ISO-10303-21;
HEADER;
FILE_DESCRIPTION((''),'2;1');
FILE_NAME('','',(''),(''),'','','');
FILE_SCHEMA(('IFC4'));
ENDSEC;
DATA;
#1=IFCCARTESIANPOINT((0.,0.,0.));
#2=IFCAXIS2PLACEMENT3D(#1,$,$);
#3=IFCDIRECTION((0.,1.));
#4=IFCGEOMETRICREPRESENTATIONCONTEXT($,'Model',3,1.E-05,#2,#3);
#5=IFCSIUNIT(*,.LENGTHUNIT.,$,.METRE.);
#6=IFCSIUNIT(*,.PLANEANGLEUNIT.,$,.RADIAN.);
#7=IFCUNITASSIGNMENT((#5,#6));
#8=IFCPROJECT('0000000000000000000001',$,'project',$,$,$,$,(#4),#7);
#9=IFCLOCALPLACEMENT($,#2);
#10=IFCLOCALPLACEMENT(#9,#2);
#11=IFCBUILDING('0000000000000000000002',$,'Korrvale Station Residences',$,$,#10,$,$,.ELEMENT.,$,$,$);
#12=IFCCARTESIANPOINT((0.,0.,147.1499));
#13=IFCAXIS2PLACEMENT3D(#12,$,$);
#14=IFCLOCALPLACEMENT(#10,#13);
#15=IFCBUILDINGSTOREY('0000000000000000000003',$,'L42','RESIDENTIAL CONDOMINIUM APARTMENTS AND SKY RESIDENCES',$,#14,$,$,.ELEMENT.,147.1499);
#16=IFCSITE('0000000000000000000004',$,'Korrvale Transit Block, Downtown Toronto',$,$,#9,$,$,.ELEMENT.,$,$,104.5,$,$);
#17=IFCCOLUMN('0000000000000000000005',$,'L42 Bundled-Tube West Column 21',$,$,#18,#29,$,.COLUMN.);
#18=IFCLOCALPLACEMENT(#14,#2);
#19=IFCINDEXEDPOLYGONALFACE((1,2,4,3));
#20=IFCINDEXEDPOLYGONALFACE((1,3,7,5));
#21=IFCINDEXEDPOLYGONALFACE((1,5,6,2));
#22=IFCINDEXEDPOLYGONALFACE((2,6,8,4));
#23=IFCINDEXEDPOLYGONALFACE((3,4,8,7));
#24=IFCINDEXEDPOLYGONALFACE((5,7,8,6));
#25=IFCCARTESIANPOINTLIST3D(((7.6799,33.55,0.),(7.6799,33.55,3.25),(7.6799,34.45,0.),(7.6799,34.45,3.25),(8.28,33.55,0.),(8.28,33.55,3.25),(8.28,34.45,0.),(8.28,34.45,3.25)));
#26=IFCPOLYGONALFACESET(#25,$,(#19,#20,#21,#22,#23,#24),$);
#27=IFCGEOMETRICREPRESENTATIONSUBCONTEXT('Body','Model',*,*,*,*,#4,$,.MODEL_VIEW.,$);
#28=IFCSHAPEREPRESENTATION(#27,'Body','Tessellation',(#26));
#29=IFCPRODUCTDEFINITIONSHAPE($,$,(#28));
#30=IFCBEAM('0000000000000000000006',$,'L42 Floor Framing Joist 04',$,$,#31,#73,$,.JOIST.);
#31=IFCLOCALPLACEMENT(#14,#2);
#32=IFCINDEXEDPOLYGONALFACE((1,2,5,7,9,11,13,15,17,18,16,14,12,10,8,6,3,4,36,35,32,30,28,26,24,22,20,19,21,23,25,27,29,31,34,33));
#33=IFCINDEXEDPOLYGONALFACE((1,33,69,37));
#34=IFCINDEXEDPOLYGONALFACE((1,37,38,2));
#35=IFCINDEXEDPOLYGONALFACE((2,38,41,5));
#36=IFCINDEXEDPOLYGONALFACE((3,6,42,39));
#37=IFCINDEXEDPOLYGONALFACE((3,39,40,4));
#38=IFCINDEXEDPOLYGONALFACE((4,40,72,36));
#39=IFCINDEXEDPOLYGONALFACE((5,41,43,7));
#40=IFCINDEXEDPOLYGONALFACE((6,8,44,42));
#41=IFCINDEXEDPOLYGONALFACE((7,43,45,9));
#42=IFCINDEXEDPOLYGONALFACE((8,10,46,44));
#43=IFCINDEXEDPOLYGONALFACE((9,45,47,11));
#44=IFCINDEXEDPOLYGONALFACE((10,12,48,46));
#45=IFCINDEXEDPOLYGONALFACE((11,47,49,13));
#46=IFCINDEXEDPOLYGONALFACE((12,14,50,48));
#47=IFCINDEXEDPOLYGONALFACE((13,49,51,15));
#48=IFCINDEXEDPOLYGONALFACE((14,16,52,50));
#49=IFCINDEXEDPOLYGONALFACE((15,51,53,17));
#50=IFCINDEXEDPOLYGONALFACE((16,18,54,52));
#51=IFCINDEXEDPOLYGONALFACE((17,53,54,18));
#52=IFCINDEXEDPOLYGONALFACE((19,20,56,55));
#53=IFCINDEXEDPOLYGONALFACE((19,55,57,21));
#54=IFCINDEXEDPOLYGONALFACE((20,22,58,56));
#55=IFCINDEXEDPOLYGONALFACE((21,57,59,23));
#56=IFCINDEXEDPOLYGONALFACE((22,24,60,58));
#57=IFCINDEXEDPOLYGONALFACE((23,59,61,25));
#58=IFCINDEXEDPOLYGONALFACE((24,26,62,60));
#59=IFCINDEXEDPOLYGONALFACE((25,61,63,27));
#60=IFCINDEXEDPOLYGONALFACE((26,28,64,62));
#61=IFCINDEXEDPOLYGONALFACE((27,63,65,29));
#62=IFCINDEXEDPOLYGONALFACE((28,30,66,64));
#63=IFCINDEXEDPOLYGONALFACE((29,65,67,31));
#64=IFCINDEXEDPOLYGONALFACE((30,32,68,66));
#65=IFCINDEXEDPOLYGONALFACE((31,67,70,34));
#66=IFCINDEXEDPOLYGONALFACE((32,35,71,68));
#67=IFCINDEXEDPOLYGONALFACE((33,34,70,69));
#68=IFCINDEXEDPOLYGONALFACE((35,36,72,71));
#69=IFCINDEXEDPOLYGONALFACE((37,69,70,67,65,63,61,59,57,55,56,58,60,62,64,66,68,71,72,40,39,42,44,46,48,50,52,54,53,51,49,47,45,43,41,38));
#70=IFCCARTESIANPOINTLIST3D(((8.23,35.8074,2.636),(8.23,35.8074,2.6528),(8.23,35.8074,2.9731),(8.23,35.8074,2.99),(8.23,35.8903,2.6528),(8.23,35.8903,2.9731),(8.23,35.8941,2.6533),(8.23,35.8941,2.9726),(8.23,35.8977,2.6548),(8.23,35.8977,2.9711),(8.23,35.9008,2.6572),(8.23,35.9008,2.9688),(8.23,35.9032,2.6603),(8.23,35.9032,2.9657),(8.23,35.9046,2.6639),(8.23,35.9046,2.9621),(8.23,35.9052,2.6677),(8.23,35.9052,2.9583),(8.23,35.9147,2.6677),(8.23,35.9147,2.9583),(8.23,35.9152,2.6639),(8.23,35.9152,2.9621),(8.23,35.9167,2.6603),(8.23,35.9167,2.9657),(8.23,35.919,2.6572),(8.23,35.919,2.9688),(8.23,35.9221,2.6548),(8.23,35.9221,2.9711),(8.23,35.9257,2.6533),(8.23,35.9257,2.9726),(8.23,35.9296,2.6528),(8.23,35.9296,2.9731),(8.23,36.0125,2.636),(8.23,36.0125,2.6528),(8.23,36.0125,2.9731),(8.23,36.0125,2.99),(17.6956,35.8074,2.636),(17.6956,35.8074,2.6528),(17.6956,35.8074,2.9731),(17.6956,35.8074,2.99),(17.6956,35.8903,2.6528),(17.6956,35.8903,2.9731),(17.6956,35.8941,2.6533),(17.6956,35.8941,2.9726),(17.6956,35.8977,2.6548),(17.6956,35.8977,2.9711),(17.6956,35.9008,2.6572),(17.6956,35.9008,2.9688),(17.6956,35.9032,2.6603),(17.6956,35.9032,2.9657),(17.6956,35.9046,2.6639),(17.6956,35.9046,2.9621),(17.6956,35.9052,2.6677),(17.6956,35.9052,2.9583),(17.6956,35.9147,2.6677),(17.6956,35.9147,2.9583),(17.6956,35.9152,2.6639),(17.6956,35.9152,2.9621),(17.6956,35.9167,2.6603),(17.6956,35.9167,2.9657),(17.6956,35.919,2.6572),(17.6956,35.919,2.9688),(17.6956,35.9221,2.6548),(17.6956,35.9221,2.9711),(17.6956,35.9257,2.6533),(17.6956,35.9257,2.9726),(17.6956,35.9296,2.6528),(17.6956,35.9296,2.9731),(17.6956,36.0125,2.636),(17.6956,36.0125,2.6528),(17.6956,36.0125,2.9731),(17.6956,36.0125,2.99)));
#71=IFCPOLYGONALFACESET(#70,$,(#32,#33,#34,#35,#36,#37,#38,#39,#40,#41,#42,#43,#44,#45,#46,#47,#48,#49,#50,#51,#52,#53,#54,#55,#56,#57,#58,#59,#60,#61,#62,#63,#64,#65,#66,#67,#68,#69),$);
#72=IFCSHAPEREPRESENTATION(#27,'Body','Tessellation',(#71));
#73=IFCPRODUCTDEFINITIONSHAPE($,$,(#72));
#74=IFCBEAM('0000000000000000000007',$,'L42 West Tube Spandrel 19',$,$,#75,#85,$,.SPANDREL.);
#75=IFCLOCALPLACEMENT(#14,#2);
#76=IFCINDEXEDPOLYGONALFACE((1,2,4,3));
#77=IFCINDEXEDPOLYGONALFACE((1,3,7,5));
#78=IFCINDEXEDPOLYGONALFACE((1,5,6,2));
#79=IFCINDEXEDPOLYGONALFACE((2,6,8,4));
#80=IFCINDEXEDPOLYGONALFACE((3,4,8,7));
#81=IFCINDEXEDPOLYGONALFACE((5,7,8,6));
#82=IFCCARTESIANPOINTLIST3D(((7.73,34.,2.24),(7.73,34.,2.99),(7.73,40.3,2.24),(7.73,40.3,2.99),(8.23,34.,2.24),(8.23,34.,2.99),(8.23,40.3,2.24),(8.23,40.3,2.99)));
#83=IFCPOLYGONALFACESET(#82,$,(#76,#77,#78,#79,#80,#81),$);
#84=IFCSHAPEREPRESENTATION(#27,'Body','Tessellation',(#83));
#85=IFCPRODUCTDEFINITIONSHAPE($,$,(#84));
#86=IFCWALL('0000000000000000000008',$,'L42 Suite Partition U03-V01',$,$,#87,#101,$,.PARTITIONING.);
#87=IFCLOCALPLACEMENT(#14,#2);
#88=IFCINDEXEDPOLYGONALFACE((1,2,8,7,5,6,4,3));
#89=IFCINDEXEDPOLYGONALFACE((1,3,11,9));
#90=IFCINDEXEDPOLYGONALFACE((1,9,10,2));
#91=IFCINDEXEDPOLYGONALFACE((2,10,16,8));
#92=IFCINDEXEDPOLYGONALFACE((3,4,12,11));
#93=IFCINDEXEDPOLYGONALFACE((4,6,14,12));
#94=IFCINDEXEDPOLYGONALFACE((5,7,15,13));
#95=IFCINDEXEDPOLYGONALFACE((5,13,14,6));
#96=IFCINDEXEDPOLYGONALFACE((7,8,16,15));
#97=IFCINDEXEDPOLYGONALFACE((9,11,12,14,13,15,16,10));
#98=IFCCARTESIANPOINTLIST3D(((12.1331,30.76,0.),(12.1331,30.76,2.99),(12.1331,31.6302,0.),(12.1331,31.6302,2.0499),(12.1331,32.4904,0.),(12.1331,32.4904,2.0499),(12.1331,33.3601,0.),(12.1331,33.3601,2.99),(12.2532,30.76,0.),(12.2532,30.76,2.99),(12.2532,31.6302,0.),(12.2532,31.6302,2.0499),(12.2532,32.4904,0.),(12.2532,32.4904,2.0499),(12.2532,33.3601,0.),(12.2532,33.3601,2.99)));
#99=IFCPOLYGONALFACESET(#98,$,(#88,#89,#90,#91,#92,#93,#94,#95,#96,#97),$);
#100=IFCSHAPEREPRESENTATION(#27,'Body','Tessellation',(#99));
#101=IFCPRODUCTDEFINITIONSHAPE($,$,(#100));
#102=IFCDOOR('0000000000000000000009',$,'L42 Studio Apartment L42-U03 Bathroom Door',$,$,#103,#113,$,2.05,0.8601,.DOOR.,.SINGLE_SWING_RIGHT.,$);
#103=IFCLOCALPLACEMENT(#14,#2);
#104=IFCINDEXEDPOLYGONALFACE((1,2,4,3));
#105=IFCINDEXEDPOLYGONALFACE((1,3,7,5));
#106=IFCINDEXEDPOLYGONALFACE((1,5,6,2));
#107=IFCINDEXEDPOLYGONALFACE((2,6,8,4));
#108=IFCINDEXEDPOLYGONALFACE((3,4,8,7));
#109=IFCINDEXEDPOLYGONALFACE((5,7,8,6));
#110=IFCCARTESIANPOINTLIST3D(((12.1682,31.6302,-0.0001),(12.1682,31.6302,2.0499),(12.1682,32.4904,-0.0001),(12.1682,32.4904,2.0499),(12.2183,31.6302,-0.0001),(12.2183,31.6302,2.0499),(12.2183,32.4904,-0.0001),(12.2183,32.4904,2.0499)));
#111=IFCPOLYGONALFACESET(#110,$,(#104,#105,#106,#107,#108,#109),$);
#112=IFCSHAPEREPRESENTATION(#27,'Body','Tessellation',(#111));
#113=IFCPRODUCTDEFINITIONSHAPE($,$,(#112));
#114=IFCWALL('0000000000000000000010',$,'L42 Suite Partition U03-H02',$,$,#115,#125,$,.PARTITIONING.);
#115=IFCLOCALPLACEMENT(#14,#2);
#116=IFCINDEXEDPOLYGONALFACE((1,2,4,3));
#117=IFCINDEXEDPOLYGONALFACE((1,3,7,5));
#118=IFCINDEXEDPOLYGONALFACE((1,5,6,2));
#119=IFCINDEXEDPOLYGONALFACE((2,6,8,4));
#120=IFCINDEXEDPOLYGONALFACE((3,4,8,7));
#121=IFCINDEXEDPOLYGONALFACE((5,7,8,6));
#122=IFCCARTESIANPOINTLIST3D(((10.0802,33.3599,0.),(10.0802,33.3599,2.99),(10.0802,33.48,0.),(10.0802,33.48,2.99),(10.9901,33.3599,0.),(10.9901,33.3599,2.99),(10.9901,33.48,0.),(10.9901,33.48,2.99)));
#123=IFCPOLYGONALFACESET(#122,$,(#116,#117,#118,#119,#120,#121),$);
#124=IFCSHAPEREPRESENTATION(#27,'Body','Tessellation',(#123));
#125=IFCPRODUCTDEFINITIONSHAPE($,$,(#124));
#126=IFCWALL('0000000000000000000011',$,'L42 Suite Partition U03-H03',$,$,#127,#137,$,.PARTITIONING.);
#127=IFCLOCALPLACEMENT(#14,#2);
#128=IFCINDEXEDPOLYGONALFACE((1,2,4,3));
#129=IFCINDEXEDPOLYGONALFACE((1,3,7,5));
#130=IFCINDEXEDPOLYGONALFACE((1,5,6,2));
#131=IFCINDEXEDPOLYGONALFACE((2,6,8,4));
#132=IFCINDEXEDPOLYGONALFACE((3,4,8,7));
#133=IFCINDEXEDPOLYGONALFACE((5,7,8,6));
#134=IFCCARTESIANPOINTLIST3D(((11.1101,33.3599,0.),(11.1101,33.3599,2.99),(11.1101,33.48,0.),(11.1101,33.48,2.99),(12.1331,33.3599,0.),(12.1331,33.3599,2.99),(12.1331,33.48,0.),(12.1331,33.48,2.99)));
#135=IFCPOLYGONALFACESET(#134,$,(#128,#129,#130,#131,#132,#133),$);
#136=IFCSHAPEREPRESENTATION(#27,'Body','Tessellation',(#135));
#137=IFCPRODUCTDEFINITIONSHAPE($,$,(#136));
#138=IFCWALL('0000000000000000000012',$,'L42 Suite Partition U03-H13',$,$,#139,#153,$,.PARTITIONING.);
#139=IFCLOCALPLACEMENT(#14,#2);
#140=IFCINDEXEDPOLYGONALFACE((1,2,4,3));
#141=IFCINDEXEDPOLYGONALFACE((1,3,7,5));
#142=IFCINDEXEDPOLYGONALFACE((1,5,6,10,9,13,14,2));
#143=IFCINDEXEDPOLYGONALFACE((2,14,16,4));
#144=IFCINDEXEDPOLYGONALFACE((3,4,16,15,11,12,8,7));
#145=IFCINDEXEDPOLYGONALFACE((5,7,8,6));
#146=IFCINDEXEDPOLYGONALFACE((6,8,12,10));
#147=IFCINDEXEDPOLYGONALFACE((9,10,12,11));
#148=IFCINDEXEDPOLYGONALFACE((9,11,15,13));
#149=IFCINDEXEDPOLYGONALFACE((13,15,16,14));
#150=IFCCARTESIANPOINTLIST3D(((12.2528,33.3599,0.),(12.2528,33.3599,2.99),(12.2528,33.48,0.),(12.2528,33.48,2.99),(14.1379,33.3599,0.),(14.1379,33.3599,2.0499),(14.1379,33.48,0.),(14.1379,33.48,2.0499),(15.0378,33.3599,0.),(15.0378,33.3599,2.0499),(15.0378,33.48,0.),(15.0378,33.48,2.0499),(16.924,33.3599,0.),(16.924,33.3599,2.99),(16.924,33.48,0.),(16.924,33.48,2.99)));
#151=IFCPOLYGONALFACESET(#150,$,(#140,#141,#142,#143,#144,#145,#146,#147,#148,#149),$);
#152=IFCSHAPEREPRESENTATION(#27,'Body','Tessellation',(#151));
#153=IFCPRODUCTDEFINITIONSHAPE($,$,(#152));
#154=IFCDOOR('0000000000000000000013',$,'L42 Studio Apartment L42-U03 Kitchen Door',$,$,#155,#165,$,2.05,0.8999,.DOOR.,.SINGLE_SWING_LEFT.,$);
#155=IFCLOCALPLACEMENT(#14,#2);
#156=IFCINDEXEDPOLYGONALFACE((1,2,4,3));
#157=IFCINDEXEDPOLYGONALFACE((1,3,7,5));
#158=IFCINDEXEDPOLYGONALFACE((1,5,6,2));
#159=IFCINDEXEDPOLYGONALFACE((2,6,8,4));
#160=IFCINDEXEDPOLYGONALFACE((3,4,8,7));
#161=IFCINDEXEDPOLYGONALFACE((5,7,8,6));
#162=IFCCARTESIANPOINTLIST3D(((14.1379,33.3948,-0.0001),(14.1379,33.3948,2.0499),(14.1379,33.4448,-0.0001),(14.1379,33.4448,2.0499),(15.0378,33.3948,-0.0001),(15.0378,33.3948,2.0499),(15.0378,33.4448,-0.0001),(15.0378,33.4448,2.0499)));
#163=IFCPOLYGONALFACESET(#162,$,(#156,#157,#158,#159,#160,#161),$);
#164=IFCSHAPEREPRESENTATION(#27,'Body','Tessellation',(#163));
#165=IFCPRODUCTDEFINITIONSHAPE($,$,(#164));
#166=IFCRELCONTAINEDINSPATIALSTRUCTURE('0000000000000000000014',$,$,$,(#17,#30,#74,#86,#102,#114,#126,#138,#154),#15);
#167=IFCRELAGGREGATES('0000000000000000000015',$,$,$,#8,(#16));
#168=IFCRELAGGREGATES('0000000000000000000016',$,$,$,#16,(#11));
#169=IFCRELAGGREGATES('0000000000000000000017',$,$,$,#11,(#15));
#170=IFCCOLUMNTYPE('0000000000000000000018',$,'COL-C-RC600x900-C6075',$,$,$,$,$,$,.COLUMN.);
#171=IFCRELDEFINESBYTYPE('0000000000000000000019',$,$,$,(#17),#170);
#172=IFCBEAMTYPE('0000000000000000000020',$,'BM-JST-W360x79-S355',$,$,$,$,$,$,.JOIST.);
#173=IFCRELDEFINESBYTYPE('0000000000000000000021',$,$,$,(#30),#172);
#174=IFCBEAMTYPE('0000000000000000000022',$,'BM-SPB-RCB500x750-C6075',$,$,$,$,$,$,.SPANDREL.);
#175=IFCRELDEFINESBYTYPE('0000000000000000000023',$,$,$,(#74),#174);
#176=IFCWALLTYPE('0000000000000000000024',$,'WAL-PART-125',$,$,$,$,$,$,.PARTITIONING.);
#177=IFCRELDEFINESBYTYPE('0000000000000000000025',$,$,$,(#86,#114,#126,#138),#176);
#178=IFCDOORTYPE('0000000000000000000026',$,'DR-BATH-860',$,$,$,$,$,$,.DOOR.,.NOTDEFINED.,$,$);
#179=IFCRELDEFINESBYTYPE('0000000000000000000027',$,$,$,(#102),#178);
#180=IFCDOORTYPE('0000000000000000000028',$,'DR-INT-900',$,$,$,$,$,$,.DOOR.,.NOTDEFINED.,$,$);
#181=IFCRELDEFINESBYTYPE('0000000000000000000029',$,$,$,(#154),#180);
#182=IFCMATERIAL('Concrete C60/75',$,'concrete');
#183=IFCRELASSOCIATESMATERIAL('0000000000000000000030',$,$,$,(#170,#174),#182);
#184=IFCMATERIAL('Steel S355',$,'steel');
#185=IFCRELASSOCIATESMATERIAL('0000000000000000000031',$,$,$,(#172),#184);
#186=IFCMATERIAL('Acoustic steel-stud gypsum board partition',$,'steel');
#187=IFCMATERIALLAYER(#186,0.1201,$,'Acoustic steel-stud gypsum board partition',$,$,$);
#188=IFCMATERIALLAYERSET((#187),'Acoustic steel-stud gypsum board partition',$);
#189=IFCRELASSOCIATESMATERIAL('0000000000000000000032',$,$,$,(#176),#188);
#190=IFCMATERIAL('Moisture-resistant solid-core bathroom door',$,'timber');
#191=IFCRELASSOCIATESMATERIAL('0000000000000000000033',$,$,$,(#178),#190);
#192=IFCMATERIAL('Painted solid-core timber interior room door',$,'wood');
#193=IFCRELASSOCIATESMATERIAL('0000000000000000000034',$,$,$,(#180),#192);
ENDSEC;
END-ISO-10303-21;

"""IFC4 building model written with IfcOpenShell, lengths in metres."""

from ifc_helpers import new_model, si_unit, direction, frame, frame_2d, origin, origin_2d, place, context, subcontext, project, spatial, rectangle, i_section, extrude, material, layer, layer_set, material_profile, profile_set, type_object, element, fill, save


model = new_model("IFC4")

# Units and contexts
model_context = context("Model", 3, precision=1e-05, world=origin(), true_north=direction((0.0, 1.0)))
body_context = subcontext(model_context, "Body", "Model", "MODEL_VIEW")
ifc_project = project(units=[si_unit("LENGTHUNIT", "METRE"), si_unit("PLANEANGLEUNIT", "RADIAN")], contexts=[model_context])

# Site, building, storey
site_placement = place(None, origin())
site = spatial("IfcSite", under=ifc_project, at=site_placement, Name="Korrvale Transit Block, Downtown Toronto", CompositionType="ELEMENT", RefElevation=104.5)
building_placement = place(site_placement, origin())
building = spatial("IfcBuilding", under=site, at=building_placement, Name="Korrvale Station Residences", CompositionType="ELEMENT")
storey_placement = place(building_placement, frame((0.0, 0.0, 147.1499)))
storey = spatial("IfcBuildingStorey", under=building, at=storey_placement, Name="L42", Description="RESIDENTIAL CONDOMINIUM APARTMENTS AND SKY RESIDENCES", CompositionType="ELEMENT", Elevation=147.1499)

# Column
ifc_material_1 = material(Name="Concrete C60/75", Category="concrete")
ifc_material_profile_1 = material_profile(ifc_material_1, rectangle(XDim=0.6001, YDim=0.8999, at=origin_2d()), Name="RC600x900")
ifc_profile_set_1 = profile_set([ifc_material_profile_1], Name="Concrete C60/75")
column_type = type_object("IfcColumnType", Name="COL-C-RC600x900-C6075", PredefinedType="COLUMN", material=ifc_profile_set_1)
column_placement = place(storey_placement, frame((7.98, 34.0, 0.0), z_axis=(0.0, 0.0, 1.0), x_axis=(1.0, 0.0, 0.0)))
element("IfcColumn", 1, at=column_placement, inside=storey, type_object=column_type, Name="L42 Bundled-Tube West Column 21", PredefinedType="COLUMN", context=body_context, shape_type="SweptSolid", body=[
    extrude(rectangle(XDim=0.6001, YDim=0.8999, at=origin_2d()), origin(), (0.0, 0.0, 1.0), 3.25),
])

# Beams
ifc_material_2 = material(Name="Steel S355", Category="steel")
ifc_material_profile_2 = material_profile(ifc_material_2, i_section(OverallWidth=0.2051, OverallDepth=0.354, WebThickness=0.0095, FlangeThickness=0.0168, FilletRadius=0.0149, at=origin_2d()), Name="W360x79")
ifc_profile_set_2 = profile_set([ifc_material_profile_2], Name="Steel S355")
beam_type_1 = type_object("IfcBeamType", Name="BM-JST-W360x79-S355", PredefinedType="JOIST", material=ifc_profile_set_2)
beam_1_placement = place(storey_placement, frame((8.23, 35.9099, 2.813), z_axis=(1.0, 0.0, 0.0), x_axis=(0.0, 1.0, 0.0)))
element("IfcBeam", 2, at=beam_1_placement, inside=storey, type_object=beam_type_1, Name="L42 Floor Framing Joist 04", PredefinedType="JOIST", context=body_context, shape_type="SweptSolid", body=[
    extrude(i_section(OverallWidth=0.2051, OverallDepth=0.354, WebThickness=0.0095, FlangeThickness=0.0168, FilletRadius=0.0149, at=origin_2d()), origin(), (0.0, 0.0, 1.0), 9.4656),
])
ifc_material_profile_3 = material_profile(ifc_material_1, rectangle(XDim=0.5, YDim=0.75, at=origin_2d()), Name="RCB500x750")
ifc_profile_set_3 = profile_set([ifc_material_profile_3], Name="Concrete C60/75")
beam_type_2 = type_object("IfcBeamType", Name="BM-SPB-RCB500x750-C6075", PredefinedType="SPANDREL", material=ifc_profile_set_3)
beam_2_placement = place(storey_placement, frame((7.98, 34.0, 2.615), z_axis=(0.0, 1.0, 0.0), x_axis=(-1.0, 0.0, 0.0)))
element("IfcBeam", 3, at=beam_2_placement, inside=storey, type_object=beam_type_2, Name="L42 West Tube Spandrel 19", PredefinedType="SPANDREL", context=body_context, shape_type="SweptSolid", body=[
    extrude(rectangle(XDim=0.5, YDim=0.75, at=origin_2d()), origin(), (0.0, 0.0, 1.0), 6.3),
])

# Wall, opening, door
ifc_material_3 = material(Name="Acoustic steel-stud gypsum board partition", Category="steel")
ifc_layer_1 = layer(ifc_material_3, 0.1201, Name="Acoustic steel-stud gypsum board partition")
ifc_layer_set_1 = layer_set([ifc_layer_1], Name="Acoustic steel-stud gypsum board partition")
wall_type_1 = type_object("IfcWallType", Name="WAL-PART-125", PredefinedType="PARTITIONING", material=ifc_layer_set_1)
wall_1_placement = place(storey_placement, frame((12.1931, 30.76, 0.0), z_axis=(0.0, 0.0, 1.0), x_axis=(0.0, 1.0, 0.0)))
wall_1 = element("IfcWall", 4, at=wall_1_placement, inside=storey, type_object=wall_type_1, Name="L42 Suite Partition U03-V01", PredefinedType="PARTITIONING", context=body_context, shape_type="SweptSolid", body=[
    extrude(rectangle(XDim=2.6001, YDim=0.1201, at=frame_2d((1.3, 0.0))), origin(), (0.0, 0.0, 1.0), 2.99),
])
opening_1_placement = place(wall_1_placement, frame((0.8701, 0.0, 0.0)))
opening_1 = element("IfcOpeningElement", 5, at=opening_1_placement, cuts=wall_1, PredefinedType="OPENING", context=body_context, shape_type="SweptSolid", body=[
    extrude(rectangle(XDim=0.8601, YDim=2.05, at=frame_2d((0.4302, 1.0249))), frame((0.0, 0.0701, 0.0), z_axis=(0.0, -1.0, 0.0), x_axis=(1.0, 0.0, 0.0)), (0.0, 0.0, 1.0), 0.1401),
])
ifc_material_4 = material(Name="Moisture-resistant solid-core bathroom door", Category="timber")
door_type_1 = type_object("IfcDoorType", Name="DR-BATH-860", OperationType="NOTDEFINED", PredefinedType="DOOR", material=ifc_material_4)
door_1_placement = place(opening_1_placement, origin())
door_1 = element("IfcDoor", 6, at=door_1_placement, inside=storey, type_object=door_type_1, Name="L42 Studio Apartment L42-U03 Bathroom Door", OperationType="SINGLE_SWING_RIGHT", OverallHeight=2.05, OverallWidth=0.8601, PredefinedType="DOOR", context=body_context, shape_type="SweptSolid", body=[
    extrude(rectangle(XDim=0.8601, YDim=2.05, at=frame_2d((0.4302, 1.0249))), frame((0.0, 0.0249, 0.0), z_axis=(0.0, -1.0, 0.0), x_axis=(1.0, 0.0, 0.0)), (0.0, 0.0, 1.0), 0.05),
])
fill(opening_1, door_1)

# Walls
wall_2_placement = place(storey_placement, frame((10.0801, 33.4199, 0.0), z_axis=(0.0, 0.0, 1.0), x_axis=(1.0, 0.0, 0.0)))
element("IfcWall", 7, at=wall_2_placement, inside=storey, type_object=wall_type_1, Name="L42 Suite Partition U03-H02", PredefinedType="PARTITIONING", context=body_context, shape_type="SweptSolid", body=[
    extrude(rectangle(XDim=0.9099, YDim=0.1201, at=frame_2d((0.4551, 0.0))), origin(), (0.0, 0.0, 1.0), 2.99),
])
wall_3_placement = place(storey_placement, frame((11.1101, 33.4199, 0.0), z_axis=(0.0, 0.0, 1.0), x_axis=(1.0, 0.0, 0.0)))
element("IfcWall", 8, at=wall_3_placement, inside=storey, type_object=wall_type_1, Name="L42 Suite Partition U03-H03", PredefinedType="PARTITIONING", context=body_context, shape_type="SweptSolid", body=[
    extrude(rectangle(XDim=1.0229, YDim=0.1201, at=frame_2d((0.5115, 0.0))), origin(), (0.0, 0.0, 1.0), 2.99),
])

# Wall, opening, door
wall_4_placement = place(storey_placement, frame((12.2529, 33.4199, 0.0), z_axis=(0.0, 0.0, 1.0), x_axis=(1.0, 0.0, 0.0)))
wall_4 = element("IfcWall", 9, at=wall_4_placement, inside=storey, type_object=wall_type_1, Name="L42 Suite Partition U03-H13", PredefinedType="PARTITIONING", context=body_context, shape_type="SweptSolid", body=[
    extrude(rectangle(XDim=4.6711, YDim=0.1201, at=frame_2d((2.3354, 0.0))), origin(), (0.0, 0.0, 1.0), 2.99),
])
opening_2_placement = place(wall_4_placement, frame((1.885, 0.0, 0.0)))
opening_2 = element("IfcOpeningElement", 10, at=opening_2_placement, cuts=wall_4, PredefinedType="OPENING", context=body_context, shape_type="SweptSolid", body=[
    extrude(rectangle(XDim=0.8999, YDim=2.05, at=frame_2d((0.45, 1.0249))), frame((0.0, 0.0701, 0.0), z_axis=(0.0, -1.0, 0.0), x_axis=(1.0, 0.0, 0.0)), (0.0, 0.0, 1.0), 0.1401),
])
ifc_material_5 = material(Name="Painted solid-core timber interior room door", Category="wood")
door_type_2 = type_object("IfcDoorType", Name="DR-INT-900", OperationType="NOTDEFINED", PredefinedType="DOOR", material=ifc_material_5)
door_2_placement = place(opening_2_placement, origin())
door_2 = element("IfcDoor", 11, at=door_2_placement, inside=storey, type_object=door_type_2, Name="L42 Studio Apartment L42-U03 Kitchen Door", OperationType="SINGLE_SWING_LEFT", OverallHeight=2.05, OverallWidth=0.8999, PredefinedType="DOOR", context=body_context, shape_type="SweptSolid", body=[
    extrude(rectangle(XDim=0.8999, YDim=2.05, at=frame_2d((0.45, 1.0249))), frame((0.0, 0.0249, 0.0), z_axis=(0.0, -1.0, 0.0), x_axis=(1.0, 0.0, 0.0)), (0.0, 0.0, 1.0), 0.05),
])
fill(opening_2, door_2)

save(model, "model.ifc")
